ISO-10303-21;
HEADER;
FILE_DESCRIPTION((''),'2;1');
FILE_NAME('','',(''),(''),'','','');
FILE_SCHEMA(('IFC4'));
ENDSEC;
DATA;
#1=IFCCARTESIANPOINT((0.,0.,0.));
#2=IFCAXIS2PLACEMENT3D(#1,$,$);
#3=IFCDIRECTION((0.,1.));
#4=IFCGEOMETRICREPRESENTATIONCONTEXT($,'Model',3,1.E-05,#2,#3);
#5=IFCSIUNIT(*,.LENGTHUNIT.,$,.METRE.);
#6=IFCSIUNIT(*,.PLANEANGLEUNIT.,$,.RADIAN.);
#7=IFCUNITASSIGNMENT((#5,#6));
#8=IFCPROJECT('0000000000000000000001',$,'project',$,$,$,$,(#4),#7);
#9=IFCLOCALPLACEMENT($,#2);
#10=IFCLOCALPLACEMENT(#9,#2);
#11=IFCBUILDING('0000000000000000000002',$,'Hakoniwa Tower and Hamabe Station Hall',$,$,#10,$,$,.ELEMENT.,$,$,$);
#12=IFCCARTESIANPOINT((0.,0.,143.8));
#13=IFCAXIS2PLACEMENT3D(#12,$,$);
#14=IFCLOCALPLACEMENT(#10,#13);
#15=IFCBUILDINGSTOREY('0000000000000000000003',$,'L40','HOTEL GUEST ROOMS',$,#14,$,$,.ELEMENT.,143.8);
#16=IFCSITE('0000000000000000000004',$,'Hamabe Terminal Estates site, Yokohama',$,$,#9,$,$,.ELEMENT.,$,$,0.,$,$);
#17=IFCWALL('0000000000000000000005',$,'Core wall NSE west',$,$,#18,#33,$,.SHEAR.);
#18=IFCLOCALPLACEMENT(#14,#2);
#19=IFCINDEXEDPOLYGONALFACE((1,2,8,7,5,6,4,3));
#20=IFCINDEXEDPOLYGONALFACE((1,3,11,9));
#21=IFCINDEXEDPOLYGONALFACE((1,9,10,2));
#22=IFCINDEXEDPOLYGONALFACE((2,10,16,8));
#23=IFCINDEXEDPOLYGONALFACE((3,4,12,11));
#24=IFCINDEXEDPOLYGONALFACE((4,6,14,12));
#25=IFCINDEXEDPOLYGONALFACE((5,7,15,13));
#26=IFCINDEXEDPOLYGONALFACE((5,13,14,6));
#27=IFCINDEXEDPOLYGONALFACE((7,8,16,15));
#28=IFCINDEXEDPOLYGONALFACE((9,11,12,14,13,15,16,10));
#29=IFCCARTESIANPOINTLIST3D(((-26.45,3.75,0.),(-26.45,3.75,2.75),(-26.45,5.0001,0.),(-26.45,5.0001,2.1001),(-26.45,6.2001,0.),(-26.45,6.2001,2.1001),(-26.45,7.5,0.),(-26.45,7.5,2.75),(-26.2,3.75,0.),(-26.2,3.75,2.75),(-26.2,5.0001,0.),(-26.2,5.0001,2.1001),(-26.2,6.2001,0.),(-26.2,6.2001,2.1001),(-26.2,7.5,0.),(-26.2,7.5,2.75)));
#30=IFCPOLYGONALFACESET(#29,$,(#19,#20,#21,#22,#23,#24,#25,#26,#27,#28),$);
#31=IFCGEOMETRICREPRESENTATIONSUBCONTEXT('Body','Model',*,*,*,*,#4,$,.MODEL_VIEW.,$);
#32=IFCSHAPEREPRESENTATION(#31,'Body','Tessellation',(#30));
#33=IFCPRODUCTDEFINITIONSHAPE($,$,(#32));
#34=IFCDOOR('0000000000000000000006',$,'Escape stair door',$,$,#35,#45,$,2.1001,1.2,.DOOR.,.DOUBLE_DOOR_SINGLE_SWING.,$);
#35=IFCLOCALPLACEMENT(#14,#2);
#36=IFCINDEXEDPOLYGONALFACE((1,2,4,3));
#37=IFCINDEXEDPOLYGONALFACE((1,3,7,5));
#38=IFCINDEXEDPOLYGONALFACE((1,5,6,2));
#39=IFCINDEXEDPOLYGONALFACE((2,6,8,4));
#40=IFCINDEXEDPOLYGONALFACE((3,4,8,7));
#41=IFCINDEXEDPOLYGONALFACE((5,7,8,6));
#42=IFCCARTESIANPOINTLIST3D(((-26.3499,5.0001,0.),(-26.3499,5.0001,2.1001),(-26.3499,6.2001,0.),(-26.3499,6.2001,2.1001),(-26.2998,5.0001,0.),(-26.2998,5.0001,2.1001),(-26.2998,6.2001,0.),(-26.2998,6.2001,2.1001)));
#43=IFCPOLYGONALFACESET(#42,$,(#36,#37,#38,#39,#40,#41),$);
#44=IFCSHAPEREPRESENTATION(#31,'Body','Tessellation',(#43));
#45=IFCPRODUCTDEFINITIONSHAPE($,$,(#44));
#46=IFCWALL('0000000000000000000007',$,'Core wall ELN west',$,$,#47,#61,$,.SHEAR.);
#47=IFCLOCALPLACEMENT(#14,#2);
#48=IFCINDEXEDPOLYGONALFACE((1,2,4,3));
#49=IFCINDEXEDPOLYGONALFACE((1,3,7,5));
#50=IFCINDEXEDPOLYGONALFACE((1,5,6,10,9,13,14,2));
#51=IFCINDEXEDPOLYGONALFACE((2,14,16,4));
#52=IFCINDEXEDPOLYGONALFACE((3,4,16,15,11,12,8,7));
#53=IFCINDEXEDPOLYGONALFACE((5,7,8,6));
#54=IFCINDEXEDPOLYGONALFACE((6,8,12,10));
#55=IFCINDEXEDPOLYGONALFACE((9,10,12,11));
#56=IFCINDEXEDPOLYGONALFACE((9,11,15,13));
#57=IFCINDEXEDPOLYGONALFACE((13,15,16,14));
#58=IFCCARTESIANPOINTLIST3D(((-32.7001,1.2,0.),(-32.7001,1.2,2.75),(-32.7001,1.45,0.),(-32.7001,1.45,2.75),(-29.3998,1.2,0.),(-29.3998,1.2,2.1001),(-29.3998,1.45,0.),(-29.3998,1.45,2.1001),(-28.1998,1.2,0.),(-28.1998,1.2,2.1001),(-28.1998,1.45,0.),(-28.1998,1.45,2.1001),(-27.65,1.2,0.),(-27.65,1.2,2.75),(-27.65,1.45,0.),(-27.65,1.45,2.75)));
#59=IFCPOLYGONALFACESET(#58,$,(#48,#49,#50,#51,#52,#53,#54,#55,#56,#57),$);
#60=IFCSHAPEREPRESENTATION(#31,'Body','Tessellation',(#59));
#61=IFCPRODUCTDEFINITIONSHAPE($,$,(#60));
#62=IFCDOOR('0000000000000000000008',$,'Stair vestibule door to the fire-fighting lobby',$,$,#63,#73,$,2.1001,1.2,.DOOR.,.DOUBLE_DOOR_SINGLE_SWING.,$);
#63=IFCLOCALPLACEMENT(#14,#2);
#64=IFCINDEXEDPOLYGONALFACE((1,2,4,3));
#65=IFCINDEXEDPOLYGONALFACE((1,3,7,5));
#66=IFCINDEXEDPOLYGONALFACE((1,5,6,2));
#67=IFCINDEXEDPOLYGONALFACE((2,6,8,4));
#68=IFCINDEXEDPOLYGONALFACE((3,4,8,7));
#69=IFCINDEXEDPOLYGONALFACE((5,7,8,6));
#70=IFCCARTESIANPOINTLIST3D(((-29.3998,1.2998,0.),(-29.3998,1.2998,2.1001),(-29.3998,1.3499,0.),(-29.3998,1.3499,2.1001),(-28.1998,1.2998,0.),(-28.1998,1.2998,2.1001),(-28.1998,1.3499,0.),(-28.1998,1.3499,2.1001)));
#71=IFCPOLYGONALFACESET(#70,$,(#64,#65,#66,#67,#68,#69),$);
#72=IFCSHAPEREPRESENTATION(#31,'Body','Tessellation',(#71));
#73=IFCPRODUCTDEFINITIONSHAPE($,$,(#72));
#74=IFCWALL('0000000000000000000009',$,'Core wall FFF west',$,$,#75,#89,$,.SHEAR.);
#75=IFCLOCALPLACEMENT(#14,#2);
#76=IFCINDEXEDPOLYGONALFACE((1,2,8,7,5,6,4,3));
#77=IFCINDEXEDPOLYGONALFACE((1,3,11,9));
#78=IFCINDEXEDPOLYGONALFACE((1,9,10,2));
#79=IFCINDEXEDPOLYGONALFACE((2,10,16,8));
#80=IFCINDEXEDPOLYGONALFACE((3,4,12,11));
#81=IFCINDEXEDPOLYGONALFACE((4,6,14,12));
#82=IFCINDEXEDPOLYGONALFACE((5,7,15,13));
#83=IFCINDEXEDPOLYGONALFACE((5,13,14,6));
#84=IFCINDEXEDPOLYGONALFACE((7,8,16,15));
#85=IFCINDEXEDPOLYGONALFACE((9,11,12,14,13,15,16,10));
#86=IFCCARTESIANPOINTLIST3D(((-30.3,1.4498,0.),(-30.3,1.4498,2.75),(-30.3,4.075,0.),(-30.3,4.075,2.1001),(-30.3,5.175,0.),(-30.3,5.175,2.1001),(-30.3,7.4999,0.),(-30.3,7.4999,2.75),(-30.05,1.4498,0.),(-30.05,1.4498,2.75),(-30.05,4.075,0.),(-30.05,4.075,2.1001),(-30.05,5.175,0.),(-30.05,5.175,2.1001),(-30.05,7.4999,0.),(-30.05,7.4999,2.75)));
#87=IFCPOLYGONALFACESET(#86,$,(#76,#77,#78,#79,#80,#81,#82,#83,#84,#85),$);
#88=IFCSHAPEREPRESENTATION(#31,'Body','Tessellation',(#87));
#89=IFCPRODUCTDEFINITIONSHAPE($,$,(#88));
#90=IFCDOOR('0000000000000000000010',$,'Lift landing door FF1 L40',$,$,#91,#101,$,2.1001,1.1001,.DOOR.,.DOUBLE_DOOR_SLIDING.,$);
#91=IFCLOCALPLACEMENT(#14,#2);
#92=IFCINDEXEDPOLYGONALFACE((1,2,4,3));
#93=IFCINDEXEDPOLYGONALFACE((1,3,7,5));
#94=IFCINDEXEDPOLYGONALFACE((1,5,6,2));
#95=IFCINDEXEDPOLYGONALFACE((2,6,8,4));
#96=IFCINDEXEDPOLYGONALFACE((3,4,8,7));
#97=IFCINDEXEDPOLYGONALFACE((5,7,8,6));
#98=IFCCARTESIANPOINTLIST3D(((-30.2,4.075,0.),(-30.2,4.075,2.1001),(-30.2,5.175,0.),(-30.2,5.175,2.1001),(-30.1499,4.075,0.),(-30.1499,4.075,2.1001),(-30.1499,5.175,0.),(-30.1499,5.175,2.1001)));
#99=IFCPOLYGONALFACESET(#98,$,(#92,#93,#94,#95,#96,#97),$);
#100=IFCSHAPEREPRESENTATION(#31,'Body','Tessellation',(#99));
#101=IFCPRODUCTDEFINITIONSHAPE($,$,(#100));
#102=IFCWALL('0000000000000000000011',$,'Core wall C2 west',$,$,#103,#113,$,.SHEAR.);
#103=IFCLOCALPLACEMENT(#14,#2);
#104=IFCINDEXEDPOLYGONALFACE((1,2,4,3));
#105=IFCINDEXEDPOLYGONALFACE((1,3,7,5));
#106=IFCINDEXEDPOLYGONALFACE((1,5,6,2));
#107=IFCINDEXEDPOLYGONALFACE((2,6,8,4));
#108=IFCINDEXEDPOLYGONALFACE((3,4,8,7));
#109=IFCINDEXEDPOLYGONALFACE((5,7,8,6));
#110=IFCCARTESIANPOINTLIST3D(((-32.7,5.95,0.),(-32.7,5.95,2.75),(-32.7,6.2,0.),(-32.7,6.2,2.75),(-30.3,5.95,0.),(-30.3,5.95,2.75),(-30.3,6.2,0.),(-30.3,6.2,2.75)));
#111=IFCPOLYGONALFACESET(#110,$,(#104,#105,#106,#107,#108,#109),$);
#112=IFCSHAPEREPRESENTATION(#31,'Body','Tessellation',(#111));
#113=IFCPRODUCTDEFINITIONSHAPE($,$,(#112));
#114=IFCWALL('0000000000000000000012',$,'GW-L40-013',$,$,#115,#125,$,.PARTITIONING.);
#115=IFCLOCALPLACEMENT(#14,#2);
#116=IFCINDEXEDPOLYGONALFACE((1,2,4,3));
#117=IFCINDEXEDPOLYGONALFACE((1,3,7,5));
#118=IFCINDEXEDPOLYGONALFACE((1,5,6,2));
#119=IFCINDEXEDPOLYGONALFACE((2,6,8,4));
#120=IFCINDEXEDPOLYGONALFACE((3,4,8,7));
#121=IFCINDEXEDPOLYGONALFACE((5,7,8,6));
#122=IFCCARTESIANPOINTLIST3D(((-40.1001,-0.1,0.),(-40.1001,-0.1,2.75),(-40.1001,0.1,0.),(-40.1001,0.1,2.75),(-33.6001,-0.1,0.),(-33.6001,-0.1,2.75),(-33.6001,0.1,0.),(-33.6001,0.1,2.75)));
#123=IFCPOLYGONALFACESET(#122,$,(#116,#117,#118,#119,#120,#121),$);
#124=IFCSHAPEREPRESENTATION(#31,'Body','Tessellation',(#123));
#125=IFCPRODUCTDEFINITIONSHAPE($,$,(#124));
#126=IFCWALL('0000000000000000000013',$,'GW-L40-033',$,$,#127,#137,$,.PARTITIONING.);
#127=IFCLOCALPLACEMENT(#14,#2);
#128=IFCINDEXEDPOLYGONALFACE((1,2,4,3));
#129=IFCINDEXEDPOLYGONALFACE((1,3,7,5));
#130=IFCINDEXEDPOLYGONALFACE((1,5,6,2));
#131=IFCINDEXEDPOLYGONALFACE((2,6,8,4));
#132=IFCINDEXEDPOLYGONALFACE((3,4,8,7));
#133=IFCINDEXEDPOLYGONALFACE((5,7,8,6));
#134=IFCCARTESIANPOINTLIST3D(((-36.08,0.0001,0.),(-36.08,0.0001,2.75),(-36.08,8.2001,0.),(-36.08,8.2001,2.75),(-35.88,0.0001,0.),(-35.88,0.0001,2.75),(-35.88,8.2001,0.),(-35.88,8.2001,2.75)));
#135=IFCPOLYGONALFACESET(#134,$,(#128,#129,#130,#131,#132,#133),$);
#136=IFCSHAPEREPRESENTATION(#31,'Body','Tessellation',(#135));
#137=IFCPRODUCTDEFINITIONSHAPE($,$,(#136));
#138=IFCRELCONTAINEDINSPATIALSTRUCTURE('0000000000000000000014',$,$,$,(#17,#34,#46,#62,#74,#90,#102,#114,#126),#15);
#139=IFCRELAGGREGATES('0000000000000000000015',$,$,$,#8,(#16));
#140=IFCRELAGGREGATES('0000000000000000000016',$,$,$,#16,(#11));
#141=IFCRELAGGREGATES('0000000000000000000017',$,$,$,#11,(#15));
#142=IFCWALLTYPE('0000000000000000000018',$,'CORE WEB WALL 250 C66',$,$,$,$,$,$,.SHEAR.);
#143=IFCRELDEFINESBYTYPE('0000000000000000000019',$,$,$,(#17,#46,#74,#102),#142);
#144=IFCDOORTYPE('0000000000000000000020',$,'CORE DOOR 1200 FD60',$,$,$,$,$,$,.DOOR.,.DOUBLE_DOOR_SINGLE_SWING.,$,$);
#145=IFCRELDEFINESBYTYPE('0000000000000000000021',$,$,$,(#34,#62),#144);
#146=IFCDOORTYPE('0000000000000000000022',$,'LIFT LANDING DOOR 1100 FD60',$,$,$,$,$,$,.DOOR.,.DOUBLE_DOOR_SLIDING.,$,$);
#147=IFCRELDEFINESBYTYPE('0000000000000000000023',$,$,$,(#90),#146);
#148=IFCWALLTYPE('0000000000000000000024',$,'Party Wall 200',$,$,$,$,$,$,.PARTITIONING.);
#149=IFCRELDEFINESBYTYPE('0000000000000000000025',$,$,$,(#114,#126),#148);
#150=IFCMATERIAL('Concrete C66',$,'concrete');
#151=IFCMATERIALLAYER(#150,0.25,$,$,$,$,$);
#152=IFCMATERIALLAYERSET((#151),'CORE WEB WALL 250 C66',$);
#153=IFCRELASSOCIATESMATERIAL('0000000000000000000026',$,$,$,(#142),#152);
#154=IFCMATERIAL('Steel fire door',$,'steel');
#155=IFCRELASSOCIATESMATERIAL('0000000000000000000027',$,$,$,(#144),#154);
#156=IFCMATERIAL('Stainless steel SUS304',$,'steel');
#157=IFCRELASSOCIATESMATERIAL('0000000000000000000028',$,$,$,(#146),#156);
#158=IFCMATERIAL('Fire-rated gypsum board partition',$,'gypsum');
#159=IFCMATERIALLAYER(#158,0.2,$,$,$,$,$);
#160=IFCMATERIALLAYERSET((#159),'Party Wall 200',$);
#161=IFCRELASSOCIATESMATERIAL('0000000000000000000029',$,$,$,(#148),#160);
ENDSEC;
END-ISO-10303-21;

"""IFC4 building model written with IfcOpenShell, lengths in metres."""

from ifc_helpers import new_model, si_unit, direction, frame, frame_2d, origin, place, context, subcontext, project, spatial, rectangle, extrude, material, layer, layer_set, type_object, element, fill, save


model = new_model("IFC4")

# Units and contexts
model_context = context("Model", 3, precision=1e-05, world=origin(), true_north=direction((0.0, 1.0)))
body_context = subcontext(model_context, "Body", "Model", "MODEL_VIEW")
ifc_project = project(units=[si_unit("LENGTHUNIT", "METRE"), si_unit("PLANEANGLEUNIT", "RADIAN")], contexts=[model_context])

# Site, building, storey
site_placement = place(None, origin())
site = spatial("IfcSite", under=ifc_project, at=site_placement, Name="Hamabe Terminal Estates site, Yokohama", CompositionType="ELEMENT", RefElevation=0.0)
building_placement = place(site_placement, origin())
building = spatial("IfcBuilding", under=site, at=building_placement, Name="Hakoniwa Tower and Hamabe Station Hall", CompositionType="ELEMENT")
storey_placement = place(building_placement, frame((0.0, 0.0, 143.8)))
storey = spatial("IfcBuildingStorey", under=building, at=storey_placement, Name="L40", Description="HOTEL GUEST ROOMS", CompositionType="ELEMENT", Elevation=143.8)

# Shared definitions
ifc_material_1 = material(Name="Concrete C66", Category="concrete")
ifc_layer_1 = layer(ifc_material_1, 0.25)
ifc_layer_set_1 = layer_set([ifc_layer_1], Name="CORE WEB WALL 250 C66")
wall_type_1 = type_object("IfcWallType", Name="CORE WEB WALL 250 C66", PredefinedType="SHEAR", material=ifc_layer_set_1)

# Walls, openings, doors
wall_1_placement = place(storey_placement, frame((-26.325, 3.75, 0.0), z_axis=(0.0, 0.0, 1.0), x_axis=(0.0, 1.0, 0.0)))
wall_1 = element("IfcWall", 1, at=wall_1_placement, inside=storey, type_object=wall_type_1, Name="Core wall NSE west", PredefinedType="SHEAR", context=body_context, shape_type="SweptSolid", body=[
    extrude(rectangle(XDim=3.75, YDim=0.25, at=frame_2d((1.875, 0.0))), origin(), (0.0, 0.0, 1.0), 2.75),
])
opening_1_placement = place(wall_1_placement, frame((1.25, 0.0, 0.0)))
opening_1 = element("IfcOpeningElement", 2, at=opening_1_placement, cuts=wall_1, PredefinedType="OPENING", context=body_context, shape_type="SweptSolid", body=[
    extrude(rectangle(XDim=1.2, YDim=2.1001, at=frame_2d((0.6001, 1.05))), frame((0.0, 0.135, 0.0), z_axis=(0.0, -1.0, 0.0), x_axis=(1.0, 0.0, 0.0)), (0.0, 0.0, 1.0), 0.27),
])
ifc_material_2 = material(Name="Steel fire door", Category="steel")
door_type_1 = type_object("IfcDoorType", Name="CORE DOOR 1200 FD60", OperationType="DOUBLE_DOOR_SINGLE_SWING", PredefinedType="DOOR", material=ifc_material_2)
door_1_placement = place(opening_1_placement, origin())
door_1 = element("IfcDoor", 3, at=door_1_placement, inside=storey, type_object=door_type_1, Name="Escape stair door", OperationType="DOUBLE_DOOR_SINGLE_SWING", OverallHeight=2.1001, OverallWidth=1.2, PredefinedType="DOOR", context=body_context, shape_type="SweptSolid", body=[
    extrude(rectangle(XDim=1.2, YDim=2.1001, at=frame_2d((0.6001, 1.05))), frame((0.0, 0.0249, 0.0), z_axis=(0.0, -1.0, 0.0), x_axis=(1.0, 0.0, 0.0)), (0.0, 0.0, 1.0), 0.05),
])
fill(opening_1, door_1)
wall_2_placement = place(storey_placement, frame((-32.7, 1.325, 0.0), z_axis=(0.0, 0.0, 1.0), x_axis=(1.0, 0.0, 0.0)))
wall_2 = element("IfcWall", 4, at=wall_2_placement, inside=storey, type_object=wall_type_1, Name="Core wall ELN west", PredefinedType="SHEAR", context=body_context, shape_type="SweptSolid", body=[
    extrude(rectangle(XDim=5.05, YDim=0.25, at=frame_2d((2.5249, 0.0))), origin(), (0.0, 0.0, 1.0), 2.75),
])
opening_2_placement = place(wall_2_placement, frame((3.3, 0.0, 0.0)))
opening_2 = element("IfcOpeningElement", 5, at=opening_2_placement, cuts=wall_2, PredefinedType="OPENING", context=body_context, shape_type="SweptSolid", body=[
    extrude(rectangle(XDim=1.2, YDim=2.1001, at=frame_2d((0.6001, 1.05))), frame((0.0, 0.135, 0.0), z_axis=(0.0, -1.0, 0.0), x_axis=(1.0, 0.0, 0.0)), (0.0, 0.0, 1.0), 0.27),
])
door_2_placement = place(opening_2_placement, origin())
door_2 = element("IfcDoor", 6, at=door_2_placement, inside=storey, type_object=door_type_1, Name="Stair vestibule door to the fire-fighting lobby", OperationType="DOUBLE_DOOR_SINGLE_SWING", OverallHeight=2.1001, OverallWidth=1.2, PredefinedType="DOOR", context=body_context, shape_type="SweptSolid", body=[
    extrude(rectangle(XDim=1.2, YDim=2.1001, at=frame_2d((0.6001, 1.05))), frame((0.0, 0.0249, 0.0), z_axis=(0.0, -1.0, 0.0), x_axis=(1.0, 0.0, 0.0)), (0.0, 0.0, 1.0), 0.05),
])
fill(opening_2, door_2)
wall_3_placement = place(storey_placement, frame((-30.175, 1.45, 0.0), z_axis=(0.0, 0.0, 1.0), x_axis=(0.0, 1.0, 0.0)))
wall_3 = element("IfcWall", 7, at=wall_3_placement, inside=storey, type_object=wall_type_1, Name="Core wall FFF west", PredefinedType="SHEAR", context=body_context, shape_type="SweptSolid", body=[
    extrude(rectangle(XDim=6.05, YDim=0.25, at=frame_2d((3.0249, 0.0))), origin(), (0.0, 0.0, 1.0), 2.75),
])
opening_3_placement = place(wall_3_placement, frame((2.625, 0.0, 0.0)))
opening_3 = element("IfcOpeningElement", 8, at=opening_3_placement, cuts=wall_3, PredefinedType="OPENING", context=body_context, shape_type="SweptSolid", body=[
    extrude(rectangle(XDim=1.1001, YDim=2.1001, at=frame_2d((0.55, 1.05))), frame((0.0, 0.135, 0.0), z_axis=(0.0, -1.0, 0.0), x_axis=(1.0, 0.0, 0.0)), (0.0, 0.0, 1.0), 0.27),
])
ifc_material_3 = material(Name="Stainless steel SUS304", Category="steel")
door_type_2 = type_object("IfcDoorType", Name="LIFT LANDING DOOR 1100 FD60", OperationType="DOUBLE_DOOR_SLIDING", PredefinedType="DOOR", material=ifc_material_3)
door_3_placement = place(opening_3_placement, origin())
door_3 = element("IfcDoor", 9, at=door_3_placement, inside=storey, type_object=door_type_2, Name="Lift landing door FF1 L40", OperationType="DOUBLE_DOOR_SLIDING", OverallHeight=2.1001, OverallWidth=1.1001, PredefinedType="DOOR", context=body_context, shape_type="SweptSolid", body=[
    extrude(rectangle(XDim=1.1001, YDim=2.1001, at=frame_2d((0.55, 1.05))), frame((0.0, 0.0249, 0.0), z_axis=(0.0, -1.0, 0.0), x_axis=(1.0, 0.0, 0.0)), (0.0, 0.0, 1.0), 0.05),
])
fill(opening_3, door_3)

# Walls
wall_4_placement = place(storey_placement, frame((-32.7, 6.075, 0.0), z_axis=(0.0, 0.0, 1.0), x_axis=(1.0, 0.0, 0.0)))
element("IfcWall", 10, at=wall_4_placement, inside=storey, type_object=wall_type_1, Name="Core wall C2 west", PredefinedType="SHEAR", context=body_context, shape_type="SweptSolid", body=[
    extrude(rectangle(XDim=2.3999, YDim=0.25, at=frame_2d((1.2, 0.0))), origin(), (0.0, 0.0, 1.0), 2.75),
])
ifc_material_4 = material(Name="Fire-rated gypsum board partition", Category="gypsum")
ifc_layer_2 = layer(ifc_material_4, 0.2)
ifc_layer_set_2 = layer_set([ifc_layer_2], Name="Party Wall 200")
wall_type_2 = type_object("IfcWallType", Name="Party Wall 200", PredefinedType="PARTITIONING", material=ifc_layer_set_2)
wall_5_placement = place(storey_placement, frame((-40.1001, 0.0, 0.0), z_axis=(0.0, 0.0, 1.0), x_axis=(1.0, 0.0, 0.0)))
element("IfcWall", 11, at=wall_5_placement, inside=storey, type_object=wall_type_2, Name="GW-L40-013", PredefinedType="PARTITIONING", context=body_context, shape_type="SweptSolid", body=[
    extrude(rectangle(XDim=6.5, YDim=0.2, at=frame_2d((3.25, 0.0))), origin(), (0.0, 0.0, 1.0), 2.75),
])
wall_6_placement = place(storey_placement, frame((-35.98, 0.0, 0.0), z_axis=(0.0, 0.0, 1.0), x_axis=(0.0, 1.0, 0.0)))
element("IfcWall", 12, at=wall_6_placement, inside=storey, type_object=wall_type_2, Name="GW-L40-033", PredefinedType="PARTITIONING", context=body_context, shape_type="SweptSolid", body=[
    extrude(rectangle(XDim=8.2, YDim=0.2, at=frame_2d((4.1001, 0.0))), origin(), (0.0, 0.0, 1.0), 2.75),
])

save(model, "model.ifc")
